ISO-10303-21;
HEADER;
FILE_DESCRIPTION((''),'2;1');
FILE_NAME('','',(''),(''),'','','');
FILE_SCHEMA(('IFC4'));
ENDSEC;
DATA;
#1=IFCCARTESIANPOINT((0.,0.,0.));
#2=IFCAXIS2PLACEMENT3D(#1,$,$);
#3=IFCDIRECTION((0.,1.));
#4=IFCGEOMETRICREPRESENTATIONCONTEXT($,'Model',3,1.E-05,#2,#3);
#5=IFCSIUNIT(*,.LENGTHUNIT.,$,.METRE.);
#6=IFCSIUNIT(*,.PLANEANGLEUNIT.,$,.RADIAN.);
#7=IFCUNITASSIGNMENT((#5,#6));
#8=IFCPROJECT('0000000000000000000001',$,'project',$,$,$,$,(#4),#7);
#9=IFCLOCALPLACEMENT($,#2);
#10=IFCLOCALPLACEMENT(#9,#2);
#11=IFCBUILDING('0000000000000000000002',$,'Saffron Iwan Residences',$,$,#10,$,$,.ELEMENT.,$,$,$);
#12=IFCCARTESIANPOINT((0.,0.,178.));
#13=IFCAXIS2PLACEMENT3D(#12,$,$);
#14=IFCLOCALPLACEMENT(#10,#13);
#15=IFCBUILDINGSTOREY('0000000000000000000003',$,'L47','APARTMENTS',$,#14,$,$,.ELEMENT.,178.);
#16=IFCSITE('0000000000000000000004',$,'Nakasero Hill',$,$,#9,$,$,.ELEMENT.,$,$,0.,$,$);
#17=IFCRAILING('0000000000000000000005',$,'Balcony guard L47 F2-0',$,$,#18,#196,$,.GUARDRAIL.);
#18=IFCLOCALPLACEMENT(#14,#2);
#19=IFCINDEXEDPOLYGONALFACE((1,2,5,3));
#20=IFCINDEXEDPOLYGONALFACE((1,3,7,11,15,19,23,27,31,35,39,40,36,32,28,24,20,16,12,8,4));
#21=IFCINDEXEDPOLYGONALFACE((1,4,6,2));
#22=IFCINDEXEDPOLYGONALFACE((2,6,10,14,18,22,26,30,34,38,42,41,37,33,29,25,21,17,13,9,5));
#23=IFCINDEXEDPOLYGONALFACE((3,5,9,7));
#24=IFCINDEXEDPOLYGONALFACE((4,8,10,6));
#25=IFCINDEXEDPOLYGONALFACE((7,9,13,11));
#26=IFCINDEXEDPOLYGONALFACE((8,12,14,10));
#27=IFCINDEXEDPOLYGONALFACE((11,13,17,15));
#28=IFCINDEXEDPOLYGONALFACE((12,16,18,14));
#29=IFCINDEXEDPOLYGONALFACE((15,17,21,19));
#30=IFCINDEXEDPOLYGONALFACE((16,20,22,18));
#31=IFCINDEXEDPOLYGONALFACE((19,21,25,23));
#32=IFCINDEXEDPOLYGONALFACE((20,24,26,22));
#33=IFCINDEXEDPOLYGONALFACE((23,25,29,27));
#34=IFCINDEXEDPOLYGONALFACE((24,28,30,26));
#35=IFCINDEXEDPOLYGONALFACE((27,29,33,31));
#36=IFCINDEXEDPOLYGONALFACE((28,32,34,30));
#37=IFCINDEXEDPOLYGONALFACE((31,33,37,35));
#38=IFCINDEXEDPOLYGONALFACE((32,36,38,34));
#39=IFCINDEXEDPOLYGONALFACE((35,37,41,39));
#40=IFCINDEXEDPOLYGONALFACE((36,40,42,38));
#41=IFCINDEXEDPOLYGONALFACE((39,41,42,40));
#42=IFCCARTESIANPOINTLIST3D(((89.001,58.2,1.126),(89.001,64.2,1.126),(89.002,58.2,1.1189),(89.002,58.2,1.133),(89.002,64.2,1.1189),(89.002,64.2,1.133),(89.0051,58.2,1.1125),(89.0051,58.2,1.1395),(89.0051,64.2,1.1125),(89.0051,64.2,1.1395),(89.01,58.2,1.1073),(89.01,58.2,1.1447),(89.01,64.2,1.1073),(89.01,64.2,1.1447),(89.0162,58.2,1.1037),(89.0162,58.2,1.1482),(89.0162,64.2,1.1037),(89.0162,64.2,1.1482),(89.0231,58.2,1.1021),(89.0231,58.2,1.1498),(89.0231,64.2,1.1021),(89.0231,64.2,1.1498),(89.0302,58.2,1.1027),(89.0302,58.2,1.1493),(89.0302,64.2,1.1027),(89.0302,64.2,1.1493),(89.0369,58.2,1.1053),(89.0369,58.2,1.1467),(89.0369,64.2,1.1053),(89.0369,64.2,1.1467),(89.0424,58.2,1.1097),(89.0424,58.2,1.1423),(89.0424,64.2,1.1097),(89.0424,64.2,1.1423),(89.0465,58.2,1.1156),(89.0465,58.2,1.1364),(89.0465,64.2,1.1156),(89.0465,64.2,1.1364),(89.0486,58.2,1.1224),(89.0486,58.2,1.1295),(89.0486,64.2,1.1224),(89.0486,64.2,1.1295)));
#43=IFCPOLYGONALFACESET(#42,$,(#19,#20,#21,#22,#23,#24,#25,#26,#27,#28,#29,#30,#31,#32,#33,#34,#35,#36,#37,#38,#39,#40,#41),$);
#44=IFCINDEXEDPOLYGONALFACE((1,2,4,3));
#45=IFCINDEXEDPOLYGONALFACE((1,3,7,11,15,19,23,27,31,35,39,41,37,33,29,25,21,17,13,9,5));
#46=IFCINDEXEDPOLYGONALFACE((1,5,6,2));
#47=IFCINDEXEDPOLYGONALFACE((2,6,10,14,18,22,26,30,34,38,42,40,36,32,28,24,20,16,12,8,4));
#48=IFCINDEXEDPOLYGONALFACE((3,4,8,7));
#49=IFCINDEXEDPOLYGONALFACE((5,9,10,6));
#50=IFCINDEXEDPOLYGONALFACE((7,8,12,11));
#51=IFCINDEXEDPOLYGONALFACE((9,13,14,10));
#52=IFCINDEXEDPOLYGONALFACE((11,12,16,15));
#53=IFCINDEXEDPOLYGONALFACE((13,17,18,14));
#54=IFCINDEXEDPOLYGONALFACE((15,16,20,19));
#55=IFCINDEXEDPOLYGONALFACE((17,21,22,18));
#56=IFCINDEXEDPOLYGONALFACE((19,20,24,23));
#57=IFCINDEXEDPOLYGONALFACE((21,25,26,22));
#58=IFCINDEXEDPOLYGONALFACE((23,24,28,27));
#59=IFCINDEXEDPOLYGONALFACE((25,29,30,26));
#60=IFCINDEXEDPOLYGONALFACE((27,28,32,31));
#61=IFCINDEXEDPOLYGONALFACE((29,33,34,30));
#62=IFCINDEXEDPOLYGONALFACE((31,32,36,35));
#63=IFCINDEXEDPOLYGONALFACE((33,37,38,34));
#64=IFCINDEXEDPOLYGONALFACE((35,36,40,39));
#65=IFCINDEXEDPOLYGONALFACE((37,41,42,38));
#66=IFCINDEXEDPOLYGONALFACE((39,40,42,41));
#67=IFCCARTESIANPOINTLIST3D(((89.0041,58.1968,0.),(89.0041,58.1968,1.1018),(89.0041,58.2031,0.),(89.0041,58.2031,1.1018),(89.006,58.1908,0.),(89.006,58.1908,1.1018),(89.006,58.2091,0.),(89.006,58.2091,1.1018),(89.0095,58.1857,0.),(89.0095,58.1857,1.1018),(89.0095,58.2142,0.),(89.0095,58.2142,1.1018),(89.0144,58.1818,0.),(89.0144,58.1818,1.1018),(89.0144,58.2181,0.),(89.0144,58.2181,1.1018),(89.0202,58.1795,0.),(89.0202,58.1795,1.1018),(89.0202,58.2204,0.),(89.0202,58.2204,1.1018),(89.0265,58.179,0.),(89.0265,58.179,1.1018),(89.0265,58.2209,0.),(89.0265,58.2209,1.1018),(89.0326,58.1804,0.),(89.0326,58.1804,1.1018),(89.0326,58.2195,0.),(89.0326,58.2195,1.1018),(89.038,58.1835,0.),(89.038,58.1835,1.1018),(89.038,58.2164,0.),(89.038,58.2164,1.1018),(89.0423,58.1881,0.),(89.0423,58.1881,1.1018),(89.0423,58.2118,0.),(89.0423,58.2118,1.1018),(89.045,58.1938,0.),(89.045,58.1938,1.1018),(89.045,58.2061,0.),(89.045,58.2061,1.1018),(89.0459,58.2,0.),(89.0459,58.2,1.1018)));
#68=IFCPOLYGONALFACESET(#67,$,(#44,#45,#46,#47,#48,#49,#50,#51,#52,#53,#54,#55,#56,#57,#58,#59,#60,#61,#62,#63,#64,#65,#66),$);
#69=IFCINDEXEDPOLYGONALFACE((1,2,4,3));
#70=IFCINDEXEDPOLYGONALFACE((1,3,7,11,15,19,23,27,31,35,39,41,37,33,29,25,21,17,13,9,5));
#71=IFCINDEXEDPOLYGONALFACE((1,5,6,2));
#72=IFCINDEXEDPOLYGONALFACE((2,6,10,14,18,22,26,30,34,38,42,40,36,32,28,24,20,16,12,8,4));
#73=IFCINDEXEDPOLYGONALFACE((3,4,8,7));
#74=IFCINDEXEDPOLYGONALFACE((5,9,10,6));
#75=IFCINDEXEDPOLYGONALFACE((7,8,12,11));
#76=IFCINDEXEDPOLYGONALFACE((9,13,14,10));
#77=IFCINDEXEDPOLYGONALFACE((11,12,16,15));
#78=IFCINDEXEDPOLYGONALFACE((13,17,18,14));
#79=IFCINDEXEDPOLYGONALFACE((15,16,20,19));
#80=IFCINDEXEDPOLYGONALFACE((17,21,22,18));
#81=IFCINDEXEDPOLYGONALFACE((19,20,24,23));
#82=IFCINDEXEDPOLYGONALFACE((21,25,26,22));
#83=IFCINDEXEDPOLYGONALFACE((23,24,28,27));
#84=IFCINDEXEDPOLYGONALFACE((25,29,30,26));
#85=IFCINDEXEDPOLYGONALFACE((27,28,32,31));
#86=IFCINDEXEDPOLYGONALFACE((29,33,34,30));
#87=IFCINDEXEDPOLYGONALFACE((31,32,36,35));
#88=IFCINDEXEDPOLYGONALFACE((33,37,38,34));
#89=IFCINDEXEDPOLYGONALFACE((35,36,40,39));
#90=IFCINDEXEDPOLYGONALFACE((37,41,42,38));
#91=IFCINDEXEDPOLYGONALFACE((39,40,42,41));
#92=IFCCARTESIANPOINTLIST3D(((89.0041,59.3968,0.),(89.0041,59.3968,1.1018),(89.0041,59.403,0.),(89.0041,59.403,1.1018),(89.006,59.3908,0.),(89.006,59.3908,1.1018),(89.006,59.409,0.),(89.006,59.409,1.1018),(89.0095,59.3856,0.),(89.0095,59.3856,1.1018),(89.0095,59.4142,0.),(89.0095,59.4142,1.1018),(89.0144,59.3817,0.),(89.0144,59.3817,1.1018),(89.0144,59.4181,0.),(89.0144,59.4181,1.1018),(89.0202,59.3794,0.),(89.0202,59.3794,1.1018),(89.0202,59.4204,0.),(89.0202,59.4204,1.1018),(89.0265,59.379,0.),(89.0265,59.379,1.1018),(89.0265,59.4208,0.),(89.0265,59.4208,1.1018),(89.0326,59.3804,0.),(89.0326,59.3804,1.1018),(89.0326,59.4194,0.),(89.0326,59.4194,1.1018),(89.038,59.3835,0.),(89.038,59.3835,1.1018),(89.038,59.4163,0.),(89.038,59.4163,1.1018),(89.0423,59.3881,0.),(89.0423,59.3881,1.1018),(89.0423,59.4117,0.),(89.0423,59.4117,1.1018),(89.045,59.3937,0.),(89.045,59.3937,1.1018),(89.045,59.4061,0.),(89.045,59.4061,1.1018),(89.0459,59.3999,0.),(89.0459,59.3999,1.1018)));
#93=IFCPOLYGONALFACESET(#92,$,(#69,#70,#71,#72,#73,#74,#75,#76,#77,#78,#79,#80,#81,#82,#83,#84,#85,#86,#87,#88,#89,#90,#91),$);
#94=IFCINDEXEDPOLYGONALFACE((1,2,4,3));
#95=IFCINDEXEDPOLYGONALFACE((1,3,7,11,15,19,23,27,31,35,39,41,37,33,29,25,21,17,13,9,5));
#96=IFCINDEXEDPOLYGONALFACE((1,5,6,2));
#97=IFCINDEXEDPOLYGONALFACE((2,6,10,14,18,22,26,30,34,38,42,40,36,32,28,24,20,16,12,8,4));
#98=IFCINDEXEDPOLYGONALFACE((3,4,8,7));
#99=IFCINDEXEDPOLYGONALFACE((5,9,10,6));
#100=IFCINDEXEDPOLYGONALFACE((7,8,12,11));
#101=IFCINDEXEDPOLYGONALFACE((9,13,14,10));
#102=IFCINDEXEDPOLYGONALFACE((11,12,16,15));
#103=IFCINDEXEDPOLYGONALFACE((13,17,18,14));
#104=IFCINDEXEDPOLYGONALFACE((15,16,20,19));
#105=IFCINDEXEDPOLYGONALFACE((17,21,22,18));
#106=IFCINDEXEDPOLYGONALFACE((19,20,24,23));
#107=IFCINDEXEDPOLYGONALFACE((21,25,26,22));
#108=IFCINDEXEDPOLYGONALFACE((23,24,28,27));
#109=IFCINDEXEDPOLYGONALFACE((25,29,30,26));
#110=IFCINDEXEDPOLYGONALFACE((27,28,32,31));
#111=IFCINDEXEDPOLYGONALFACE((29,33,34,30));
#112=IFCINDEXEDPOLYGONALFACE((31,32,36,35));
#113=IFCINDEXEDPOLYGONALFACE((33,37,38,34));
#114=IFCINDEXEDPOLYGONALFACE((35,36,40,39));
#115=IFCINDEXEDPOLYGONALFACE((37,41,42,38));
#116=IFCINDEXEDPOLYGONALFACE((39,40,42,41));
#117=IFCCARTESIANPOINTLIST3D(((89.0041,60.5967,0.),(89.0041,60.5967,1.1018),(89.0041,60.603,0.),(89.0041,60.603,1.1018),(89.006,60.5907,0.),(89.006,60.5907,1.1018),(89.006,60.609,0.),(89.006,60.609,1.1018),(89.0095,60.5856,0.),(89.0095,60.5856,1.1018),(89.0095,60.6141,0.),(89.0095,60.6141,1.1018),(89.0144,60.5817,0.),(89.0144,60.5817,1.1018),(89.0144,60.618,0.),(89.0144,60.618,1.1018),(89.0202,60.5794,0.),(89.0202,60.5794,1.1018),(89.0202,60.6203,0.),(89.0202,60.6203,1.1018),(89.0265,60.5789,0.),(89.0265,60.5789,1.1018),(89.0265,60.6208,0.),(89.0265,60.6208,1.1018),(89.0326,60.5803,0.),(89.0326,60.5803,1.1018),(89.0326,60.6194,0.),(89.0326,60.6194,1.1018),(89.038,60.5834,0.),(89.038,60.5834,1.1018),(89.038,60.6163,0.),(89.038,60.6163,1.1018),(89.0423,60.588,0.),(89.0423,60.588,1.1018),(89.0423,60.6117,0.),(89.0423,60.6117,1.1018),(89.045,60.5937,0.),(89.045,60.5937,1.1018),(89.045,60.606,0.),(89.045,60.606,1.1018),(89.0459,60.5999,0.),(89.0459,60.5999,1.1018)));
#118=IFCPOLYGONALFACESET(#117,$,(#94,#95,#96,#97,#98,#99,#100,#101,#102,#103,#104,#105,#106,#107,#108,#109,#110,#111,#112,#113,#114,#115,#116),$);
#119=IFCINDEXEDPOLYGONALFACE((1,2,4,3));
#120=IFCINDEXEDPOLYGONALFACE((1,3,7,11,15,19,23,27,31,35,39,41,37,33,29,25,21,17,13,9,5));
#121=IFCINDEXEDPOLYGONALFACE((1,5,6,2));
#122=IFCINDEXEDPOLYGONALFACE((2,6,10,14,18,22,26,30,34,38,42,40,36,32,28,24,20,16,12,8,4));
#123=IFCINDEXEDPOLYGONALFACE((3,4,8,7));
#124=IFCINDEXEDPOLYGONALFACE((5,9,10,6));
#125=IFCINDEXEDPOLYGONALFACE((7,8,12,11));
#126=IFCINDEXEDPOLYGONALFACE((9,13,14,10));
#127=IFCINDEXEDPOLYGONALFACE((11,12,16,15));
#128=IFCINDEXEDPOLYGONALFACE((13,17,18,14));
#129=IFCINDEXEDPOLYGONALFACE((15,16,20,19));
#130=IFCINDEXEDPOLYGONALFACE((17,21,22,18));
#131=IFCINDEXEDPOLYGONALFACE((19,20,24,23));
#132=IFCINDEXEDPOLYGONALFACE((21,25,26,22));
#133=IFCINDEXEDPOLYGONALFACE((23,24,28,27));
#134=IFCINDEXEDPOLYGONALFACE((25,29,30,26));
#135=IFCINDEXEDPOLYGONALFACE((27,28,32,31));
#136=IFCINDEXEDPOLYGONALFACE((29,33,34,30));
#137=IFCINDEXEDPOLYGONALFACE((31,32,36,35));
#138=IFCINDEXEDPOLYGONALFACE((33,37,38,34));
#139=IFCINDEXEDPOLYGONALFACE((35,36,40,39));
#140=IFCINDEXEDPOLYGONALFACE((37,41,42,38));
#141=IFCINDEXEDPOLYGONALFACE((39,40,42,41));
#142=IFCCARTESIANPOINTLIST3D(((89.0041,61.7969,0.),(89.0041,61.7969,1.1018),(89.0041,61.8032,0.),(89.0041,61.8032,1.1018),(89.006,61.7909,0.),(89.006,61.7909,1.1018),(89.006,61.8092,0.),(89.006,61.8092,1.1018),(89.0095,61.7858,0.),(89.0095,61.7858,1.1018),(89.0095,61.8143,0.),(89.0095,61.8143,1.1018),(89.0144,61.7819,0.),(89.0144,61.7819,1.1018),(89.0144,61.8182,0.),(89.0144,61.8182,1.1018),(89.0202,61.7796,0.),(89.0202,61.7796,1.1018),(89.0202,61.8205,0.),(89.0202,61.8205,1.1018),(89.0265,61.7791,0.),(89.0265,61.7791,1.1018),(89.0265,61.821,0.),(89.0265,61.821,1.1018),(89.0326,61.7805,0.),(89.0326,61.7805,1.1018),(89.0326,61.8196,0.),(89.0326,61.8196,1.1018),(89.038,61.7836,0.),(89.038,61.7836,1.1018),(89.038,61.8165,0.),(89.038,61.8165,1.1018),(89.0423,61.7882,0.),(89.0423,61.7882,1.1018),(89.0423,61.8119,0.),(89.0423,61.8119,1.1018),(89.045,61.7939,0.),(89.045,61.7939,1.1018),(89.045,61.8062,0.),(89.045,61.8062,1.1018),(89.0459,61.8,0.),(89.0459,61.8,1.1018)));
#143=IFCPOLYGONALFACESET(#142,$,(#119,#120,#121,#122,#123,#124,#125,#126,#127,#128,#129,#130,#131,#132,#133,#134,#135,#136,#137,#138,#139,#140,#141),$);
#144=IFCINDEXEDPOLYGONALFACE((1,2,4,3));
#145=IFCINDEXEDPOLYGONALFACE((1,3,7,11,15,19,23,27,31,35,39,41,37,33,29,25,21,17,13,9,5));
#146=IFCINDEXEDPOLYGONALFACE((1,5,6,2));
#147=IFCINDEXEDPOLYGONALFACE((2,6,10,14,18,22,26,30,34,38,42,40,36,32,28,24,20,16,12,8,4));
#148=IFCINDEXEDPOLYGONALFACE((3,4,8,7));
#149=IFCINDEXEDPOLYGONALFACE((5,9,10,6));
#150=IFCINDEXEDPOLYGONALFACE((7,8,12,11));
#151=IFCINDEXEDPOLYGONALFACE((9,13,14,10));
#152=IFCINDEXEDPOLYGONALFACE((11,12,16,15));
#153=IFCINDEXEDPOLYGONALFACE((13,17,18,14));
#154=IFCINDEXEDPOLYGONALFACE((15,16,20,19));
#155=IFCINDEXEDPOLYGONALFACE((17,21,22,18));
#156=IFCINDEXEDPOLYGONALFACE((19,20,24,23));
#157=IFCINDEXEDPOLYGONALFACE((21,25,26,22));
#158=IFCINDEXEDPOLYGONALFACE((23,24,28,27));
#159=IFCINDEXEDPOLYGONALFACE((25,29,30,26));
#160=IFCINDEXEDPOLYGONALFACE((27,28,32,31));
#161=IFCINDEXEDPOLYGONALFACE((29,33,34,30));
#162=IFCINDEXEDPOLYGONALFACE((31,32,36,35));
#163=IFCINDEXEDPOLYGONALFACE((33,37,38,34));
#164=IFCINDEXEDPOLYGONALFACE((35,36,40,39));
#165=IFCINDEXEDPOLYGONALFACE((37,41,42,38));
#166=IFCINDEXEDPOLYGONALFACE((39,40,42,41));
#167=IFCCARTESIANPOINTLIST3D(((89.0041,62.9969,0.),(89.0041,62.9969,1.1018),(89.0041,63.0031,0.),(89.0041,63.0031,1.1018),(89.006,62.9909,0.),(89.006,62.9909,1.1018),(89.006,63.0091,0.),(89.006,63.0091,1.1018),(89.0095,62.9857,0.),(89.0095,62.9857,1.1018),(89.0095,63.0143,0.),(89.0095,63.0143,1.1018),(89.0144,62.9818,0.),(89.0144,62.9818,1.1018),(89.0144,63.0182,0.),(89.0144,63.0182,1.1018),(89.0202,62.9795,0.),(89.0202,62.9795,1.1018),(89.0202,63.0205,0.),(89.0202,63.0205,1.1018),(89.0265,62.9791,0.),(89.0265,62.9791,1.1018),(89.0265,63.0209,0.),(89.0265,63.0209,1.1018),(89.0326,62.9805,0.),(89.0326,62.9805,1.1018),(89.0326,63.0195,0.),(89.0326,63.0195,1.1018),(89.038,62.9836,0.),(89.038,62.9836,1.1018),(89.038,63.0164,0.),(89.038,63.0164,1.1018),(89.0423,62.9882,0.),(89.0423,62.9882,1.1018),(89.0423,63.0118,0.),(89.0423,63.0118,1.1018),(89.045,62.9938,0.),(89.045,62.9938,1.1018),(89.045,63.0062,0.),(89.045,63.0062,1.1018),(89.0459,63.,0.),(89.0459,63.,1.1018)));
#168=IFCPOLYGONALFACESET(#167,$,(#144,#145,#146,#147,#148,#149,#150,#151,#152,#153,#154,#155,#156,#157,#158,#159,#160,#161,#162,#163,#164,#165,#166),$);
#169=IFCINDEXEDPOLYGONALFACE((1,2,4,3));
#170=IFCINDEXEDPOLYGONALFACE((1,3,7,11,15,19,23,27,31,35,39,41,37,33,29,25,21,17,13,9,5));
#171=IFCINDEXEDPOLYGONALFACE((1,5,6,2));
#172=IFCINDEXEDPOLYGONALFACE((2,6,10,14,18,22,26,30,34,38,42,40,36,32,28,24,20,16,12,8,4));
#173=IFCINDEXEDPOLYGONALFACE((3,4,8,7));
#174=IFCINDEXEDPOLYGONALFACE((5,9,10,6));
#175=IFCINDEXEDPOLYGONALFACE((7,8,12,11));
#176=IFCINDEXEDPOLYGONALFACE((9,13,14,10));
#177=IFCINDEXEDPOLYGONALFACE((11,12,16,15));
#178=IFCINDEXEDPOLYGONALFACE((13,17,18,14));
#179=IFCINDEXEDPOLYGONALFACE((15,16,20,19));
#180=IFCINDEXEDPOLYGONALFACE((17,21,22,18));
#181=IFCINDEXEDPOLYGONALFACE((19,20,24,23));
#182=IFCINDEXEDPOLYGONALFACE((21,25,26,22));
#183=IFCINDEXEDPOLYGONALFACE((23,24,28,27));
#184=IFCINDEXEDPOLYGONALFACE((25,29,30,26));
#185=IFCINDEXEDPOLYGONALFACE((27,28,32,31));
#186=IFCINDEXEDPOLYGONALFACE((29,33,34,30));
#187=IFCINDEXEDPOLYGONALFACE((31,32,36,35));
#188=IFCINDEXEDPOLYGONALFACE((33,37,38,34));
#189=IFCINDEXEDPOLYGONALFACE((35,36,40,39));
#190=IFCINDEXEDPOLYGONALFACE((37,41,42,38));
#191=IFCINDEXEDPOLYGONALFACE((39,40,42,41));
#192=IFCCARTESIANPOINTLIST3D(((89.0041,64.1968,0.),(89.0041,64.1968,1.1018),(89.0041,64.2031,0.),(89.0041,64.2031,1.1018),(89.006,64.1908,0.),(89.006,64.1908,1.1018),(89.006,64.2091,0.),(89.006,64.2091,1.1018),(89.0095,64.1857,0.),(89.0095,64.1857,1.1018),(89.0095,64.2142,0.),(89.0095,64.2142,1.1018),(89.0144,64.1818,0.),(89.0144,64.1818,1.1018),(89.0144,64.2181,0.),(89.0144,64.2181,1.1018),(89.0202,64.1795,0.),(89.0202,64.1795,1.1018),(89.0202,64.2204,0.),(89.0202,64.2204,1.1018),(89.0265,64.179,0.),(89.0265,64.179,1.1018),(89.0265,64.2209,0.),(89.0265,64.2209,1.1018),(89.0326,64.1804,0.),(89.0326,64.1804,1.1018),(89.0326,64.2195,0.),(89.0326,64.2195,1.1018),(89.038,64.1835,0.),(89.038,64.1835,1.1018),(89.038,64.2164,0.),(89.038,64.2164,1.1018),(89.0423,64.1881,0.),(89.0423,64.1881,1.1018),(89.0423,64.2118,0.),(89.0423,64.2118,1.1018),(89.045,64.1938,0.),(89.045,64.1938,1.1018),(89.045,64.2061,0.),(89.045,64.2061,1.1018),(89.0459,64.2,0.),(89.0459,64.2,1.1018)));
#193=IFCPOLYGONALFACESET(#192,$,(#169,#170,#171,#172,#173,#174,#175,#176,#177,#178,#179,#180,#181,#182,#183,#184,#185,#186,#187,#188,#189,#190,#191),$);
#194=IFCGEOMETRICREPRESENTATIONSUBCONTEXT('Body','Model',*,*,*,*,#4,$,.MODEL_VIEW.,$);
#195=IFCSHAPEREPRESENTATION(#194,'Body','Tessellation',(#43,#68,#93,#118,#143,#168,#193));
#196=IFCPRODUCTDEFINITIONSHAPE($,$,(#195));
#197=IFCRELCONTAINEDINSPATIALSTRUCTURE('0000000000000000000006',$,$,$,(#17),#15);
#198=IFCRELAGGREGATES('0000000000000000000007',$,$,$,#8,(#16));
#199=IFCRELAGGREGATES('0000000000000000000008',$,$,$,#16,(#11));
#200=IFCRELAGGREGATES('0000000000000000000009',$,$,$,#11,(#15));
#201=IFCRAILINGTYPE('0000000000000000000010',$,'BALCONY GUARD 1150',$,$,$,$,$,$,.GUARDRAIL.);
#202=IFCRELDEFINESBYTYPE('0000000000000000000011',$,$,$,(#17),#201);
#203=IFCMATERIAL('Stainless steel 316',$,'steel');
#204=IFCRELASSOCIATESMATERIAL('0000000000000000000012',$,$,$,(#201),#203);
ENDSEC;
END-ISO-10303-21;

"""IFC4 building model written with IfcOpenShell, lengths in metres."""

from ifc_helpers import new_model, si_unit, direction, frame, origin, origin_2d, place, context, subcontext, project, spatial, circle, extrude, material, type_object, element, save


model = new_model("IFC4")

# Units and contexts
model_context = context("Model", 3, precision=1e-05, world=origin(), true_north=direction((0.0, 1.0)))
body_context = subcontext(model_context, "Body", "Model", "MODEL_VIEW")
ifc_project = project(units=[si_unit("LENGTHUNIT", "METRE"), si_unit("PLANEANGLEUNIT", "RADIAN")], contexts=[model_context])

# Site, building, storey
site_placement = place(None, origin())
site = spatial("IfcSite", under=ifc_project, at=site_placement, Name="Nakasero Hill", CompositionType="ELEMENT", RefElevation=0.0)
building_placement = place(site_placement, origin())
building = spatial("IfcBuilding", under=site, at=building_placement, Name="Saffron Iwan Residences", CompositionType="ELEMENT")
storey_placement = place(building_placement, frame((0.0, 0.0, 178.0)))
storey = spatial("IfcBuildingStorey", under=building, at=storey_placement, Name="L47", Description="APARTMENTS", CompositionType="ELEMENT", Elevation=178.0)

# Railing
ifc_material_1 = material(Name="Stainless steel 316", Category="steel")
railing_type = type_object("IfcRailingType", Name="BALCONY GUARD 1150", PredefinedType="GUARDRAIL", material=ifc_material_1)
railing_placement = place(storey_placement, frame((89.0249, 58.2, 0.0)))
element("IfcRailing", 1, at=railing_placement, inside=storey, type_object=railing_type, Name="Balcony guard L47 F2-0", PredefinedType="GUARDRAIL", context=body_context, shape_type="SweptSolid", body=[
    extrude(circle(Radius=0.0239, at=origin_2d()), frame((0.0, 0.0, 1.126), z_axis=(0.0, 1.0, 0.0), x_axis=(-1.0, 0.0, 0.0)), (0.0, 0.0, 1.0), 6.0),
    extrude(circle(Radius=0.021, at=origin_2d()), origin(), (0.0, 0.0, 1.0), 1.1018),
    extrude(circle(Radius=0.021, at=origin_2d()), frame((0.0, 1.2, 0.0)), (0.0, 0.0, 1.0), 1.1018),
    extrude(circle(Radius=0.021, at=origin_2d()), frame((0.0, 2.3999, 0.0)), (0.0, 0.0, 1.0), 1.1018),
    extrude(circle(Radius=0.021, at=origin_2d()), frame((0.0, 3.6001, 0.0)), (0.0, 0.0, 1.0), 1.1018),
    extrude(circle(Radius=0.021, at=origin_2d()), frame((0.0, 4.8, 0.0)), (0.0, 0.0, 1.0), 1.1018),
    extrude(circle(Radius=0.021, at=origin_2d()), frame((0.0, 6.0, 0.0)), (0.0, 0.0, 1.0), 1.1018),
])

save(model, "model.ifc")
